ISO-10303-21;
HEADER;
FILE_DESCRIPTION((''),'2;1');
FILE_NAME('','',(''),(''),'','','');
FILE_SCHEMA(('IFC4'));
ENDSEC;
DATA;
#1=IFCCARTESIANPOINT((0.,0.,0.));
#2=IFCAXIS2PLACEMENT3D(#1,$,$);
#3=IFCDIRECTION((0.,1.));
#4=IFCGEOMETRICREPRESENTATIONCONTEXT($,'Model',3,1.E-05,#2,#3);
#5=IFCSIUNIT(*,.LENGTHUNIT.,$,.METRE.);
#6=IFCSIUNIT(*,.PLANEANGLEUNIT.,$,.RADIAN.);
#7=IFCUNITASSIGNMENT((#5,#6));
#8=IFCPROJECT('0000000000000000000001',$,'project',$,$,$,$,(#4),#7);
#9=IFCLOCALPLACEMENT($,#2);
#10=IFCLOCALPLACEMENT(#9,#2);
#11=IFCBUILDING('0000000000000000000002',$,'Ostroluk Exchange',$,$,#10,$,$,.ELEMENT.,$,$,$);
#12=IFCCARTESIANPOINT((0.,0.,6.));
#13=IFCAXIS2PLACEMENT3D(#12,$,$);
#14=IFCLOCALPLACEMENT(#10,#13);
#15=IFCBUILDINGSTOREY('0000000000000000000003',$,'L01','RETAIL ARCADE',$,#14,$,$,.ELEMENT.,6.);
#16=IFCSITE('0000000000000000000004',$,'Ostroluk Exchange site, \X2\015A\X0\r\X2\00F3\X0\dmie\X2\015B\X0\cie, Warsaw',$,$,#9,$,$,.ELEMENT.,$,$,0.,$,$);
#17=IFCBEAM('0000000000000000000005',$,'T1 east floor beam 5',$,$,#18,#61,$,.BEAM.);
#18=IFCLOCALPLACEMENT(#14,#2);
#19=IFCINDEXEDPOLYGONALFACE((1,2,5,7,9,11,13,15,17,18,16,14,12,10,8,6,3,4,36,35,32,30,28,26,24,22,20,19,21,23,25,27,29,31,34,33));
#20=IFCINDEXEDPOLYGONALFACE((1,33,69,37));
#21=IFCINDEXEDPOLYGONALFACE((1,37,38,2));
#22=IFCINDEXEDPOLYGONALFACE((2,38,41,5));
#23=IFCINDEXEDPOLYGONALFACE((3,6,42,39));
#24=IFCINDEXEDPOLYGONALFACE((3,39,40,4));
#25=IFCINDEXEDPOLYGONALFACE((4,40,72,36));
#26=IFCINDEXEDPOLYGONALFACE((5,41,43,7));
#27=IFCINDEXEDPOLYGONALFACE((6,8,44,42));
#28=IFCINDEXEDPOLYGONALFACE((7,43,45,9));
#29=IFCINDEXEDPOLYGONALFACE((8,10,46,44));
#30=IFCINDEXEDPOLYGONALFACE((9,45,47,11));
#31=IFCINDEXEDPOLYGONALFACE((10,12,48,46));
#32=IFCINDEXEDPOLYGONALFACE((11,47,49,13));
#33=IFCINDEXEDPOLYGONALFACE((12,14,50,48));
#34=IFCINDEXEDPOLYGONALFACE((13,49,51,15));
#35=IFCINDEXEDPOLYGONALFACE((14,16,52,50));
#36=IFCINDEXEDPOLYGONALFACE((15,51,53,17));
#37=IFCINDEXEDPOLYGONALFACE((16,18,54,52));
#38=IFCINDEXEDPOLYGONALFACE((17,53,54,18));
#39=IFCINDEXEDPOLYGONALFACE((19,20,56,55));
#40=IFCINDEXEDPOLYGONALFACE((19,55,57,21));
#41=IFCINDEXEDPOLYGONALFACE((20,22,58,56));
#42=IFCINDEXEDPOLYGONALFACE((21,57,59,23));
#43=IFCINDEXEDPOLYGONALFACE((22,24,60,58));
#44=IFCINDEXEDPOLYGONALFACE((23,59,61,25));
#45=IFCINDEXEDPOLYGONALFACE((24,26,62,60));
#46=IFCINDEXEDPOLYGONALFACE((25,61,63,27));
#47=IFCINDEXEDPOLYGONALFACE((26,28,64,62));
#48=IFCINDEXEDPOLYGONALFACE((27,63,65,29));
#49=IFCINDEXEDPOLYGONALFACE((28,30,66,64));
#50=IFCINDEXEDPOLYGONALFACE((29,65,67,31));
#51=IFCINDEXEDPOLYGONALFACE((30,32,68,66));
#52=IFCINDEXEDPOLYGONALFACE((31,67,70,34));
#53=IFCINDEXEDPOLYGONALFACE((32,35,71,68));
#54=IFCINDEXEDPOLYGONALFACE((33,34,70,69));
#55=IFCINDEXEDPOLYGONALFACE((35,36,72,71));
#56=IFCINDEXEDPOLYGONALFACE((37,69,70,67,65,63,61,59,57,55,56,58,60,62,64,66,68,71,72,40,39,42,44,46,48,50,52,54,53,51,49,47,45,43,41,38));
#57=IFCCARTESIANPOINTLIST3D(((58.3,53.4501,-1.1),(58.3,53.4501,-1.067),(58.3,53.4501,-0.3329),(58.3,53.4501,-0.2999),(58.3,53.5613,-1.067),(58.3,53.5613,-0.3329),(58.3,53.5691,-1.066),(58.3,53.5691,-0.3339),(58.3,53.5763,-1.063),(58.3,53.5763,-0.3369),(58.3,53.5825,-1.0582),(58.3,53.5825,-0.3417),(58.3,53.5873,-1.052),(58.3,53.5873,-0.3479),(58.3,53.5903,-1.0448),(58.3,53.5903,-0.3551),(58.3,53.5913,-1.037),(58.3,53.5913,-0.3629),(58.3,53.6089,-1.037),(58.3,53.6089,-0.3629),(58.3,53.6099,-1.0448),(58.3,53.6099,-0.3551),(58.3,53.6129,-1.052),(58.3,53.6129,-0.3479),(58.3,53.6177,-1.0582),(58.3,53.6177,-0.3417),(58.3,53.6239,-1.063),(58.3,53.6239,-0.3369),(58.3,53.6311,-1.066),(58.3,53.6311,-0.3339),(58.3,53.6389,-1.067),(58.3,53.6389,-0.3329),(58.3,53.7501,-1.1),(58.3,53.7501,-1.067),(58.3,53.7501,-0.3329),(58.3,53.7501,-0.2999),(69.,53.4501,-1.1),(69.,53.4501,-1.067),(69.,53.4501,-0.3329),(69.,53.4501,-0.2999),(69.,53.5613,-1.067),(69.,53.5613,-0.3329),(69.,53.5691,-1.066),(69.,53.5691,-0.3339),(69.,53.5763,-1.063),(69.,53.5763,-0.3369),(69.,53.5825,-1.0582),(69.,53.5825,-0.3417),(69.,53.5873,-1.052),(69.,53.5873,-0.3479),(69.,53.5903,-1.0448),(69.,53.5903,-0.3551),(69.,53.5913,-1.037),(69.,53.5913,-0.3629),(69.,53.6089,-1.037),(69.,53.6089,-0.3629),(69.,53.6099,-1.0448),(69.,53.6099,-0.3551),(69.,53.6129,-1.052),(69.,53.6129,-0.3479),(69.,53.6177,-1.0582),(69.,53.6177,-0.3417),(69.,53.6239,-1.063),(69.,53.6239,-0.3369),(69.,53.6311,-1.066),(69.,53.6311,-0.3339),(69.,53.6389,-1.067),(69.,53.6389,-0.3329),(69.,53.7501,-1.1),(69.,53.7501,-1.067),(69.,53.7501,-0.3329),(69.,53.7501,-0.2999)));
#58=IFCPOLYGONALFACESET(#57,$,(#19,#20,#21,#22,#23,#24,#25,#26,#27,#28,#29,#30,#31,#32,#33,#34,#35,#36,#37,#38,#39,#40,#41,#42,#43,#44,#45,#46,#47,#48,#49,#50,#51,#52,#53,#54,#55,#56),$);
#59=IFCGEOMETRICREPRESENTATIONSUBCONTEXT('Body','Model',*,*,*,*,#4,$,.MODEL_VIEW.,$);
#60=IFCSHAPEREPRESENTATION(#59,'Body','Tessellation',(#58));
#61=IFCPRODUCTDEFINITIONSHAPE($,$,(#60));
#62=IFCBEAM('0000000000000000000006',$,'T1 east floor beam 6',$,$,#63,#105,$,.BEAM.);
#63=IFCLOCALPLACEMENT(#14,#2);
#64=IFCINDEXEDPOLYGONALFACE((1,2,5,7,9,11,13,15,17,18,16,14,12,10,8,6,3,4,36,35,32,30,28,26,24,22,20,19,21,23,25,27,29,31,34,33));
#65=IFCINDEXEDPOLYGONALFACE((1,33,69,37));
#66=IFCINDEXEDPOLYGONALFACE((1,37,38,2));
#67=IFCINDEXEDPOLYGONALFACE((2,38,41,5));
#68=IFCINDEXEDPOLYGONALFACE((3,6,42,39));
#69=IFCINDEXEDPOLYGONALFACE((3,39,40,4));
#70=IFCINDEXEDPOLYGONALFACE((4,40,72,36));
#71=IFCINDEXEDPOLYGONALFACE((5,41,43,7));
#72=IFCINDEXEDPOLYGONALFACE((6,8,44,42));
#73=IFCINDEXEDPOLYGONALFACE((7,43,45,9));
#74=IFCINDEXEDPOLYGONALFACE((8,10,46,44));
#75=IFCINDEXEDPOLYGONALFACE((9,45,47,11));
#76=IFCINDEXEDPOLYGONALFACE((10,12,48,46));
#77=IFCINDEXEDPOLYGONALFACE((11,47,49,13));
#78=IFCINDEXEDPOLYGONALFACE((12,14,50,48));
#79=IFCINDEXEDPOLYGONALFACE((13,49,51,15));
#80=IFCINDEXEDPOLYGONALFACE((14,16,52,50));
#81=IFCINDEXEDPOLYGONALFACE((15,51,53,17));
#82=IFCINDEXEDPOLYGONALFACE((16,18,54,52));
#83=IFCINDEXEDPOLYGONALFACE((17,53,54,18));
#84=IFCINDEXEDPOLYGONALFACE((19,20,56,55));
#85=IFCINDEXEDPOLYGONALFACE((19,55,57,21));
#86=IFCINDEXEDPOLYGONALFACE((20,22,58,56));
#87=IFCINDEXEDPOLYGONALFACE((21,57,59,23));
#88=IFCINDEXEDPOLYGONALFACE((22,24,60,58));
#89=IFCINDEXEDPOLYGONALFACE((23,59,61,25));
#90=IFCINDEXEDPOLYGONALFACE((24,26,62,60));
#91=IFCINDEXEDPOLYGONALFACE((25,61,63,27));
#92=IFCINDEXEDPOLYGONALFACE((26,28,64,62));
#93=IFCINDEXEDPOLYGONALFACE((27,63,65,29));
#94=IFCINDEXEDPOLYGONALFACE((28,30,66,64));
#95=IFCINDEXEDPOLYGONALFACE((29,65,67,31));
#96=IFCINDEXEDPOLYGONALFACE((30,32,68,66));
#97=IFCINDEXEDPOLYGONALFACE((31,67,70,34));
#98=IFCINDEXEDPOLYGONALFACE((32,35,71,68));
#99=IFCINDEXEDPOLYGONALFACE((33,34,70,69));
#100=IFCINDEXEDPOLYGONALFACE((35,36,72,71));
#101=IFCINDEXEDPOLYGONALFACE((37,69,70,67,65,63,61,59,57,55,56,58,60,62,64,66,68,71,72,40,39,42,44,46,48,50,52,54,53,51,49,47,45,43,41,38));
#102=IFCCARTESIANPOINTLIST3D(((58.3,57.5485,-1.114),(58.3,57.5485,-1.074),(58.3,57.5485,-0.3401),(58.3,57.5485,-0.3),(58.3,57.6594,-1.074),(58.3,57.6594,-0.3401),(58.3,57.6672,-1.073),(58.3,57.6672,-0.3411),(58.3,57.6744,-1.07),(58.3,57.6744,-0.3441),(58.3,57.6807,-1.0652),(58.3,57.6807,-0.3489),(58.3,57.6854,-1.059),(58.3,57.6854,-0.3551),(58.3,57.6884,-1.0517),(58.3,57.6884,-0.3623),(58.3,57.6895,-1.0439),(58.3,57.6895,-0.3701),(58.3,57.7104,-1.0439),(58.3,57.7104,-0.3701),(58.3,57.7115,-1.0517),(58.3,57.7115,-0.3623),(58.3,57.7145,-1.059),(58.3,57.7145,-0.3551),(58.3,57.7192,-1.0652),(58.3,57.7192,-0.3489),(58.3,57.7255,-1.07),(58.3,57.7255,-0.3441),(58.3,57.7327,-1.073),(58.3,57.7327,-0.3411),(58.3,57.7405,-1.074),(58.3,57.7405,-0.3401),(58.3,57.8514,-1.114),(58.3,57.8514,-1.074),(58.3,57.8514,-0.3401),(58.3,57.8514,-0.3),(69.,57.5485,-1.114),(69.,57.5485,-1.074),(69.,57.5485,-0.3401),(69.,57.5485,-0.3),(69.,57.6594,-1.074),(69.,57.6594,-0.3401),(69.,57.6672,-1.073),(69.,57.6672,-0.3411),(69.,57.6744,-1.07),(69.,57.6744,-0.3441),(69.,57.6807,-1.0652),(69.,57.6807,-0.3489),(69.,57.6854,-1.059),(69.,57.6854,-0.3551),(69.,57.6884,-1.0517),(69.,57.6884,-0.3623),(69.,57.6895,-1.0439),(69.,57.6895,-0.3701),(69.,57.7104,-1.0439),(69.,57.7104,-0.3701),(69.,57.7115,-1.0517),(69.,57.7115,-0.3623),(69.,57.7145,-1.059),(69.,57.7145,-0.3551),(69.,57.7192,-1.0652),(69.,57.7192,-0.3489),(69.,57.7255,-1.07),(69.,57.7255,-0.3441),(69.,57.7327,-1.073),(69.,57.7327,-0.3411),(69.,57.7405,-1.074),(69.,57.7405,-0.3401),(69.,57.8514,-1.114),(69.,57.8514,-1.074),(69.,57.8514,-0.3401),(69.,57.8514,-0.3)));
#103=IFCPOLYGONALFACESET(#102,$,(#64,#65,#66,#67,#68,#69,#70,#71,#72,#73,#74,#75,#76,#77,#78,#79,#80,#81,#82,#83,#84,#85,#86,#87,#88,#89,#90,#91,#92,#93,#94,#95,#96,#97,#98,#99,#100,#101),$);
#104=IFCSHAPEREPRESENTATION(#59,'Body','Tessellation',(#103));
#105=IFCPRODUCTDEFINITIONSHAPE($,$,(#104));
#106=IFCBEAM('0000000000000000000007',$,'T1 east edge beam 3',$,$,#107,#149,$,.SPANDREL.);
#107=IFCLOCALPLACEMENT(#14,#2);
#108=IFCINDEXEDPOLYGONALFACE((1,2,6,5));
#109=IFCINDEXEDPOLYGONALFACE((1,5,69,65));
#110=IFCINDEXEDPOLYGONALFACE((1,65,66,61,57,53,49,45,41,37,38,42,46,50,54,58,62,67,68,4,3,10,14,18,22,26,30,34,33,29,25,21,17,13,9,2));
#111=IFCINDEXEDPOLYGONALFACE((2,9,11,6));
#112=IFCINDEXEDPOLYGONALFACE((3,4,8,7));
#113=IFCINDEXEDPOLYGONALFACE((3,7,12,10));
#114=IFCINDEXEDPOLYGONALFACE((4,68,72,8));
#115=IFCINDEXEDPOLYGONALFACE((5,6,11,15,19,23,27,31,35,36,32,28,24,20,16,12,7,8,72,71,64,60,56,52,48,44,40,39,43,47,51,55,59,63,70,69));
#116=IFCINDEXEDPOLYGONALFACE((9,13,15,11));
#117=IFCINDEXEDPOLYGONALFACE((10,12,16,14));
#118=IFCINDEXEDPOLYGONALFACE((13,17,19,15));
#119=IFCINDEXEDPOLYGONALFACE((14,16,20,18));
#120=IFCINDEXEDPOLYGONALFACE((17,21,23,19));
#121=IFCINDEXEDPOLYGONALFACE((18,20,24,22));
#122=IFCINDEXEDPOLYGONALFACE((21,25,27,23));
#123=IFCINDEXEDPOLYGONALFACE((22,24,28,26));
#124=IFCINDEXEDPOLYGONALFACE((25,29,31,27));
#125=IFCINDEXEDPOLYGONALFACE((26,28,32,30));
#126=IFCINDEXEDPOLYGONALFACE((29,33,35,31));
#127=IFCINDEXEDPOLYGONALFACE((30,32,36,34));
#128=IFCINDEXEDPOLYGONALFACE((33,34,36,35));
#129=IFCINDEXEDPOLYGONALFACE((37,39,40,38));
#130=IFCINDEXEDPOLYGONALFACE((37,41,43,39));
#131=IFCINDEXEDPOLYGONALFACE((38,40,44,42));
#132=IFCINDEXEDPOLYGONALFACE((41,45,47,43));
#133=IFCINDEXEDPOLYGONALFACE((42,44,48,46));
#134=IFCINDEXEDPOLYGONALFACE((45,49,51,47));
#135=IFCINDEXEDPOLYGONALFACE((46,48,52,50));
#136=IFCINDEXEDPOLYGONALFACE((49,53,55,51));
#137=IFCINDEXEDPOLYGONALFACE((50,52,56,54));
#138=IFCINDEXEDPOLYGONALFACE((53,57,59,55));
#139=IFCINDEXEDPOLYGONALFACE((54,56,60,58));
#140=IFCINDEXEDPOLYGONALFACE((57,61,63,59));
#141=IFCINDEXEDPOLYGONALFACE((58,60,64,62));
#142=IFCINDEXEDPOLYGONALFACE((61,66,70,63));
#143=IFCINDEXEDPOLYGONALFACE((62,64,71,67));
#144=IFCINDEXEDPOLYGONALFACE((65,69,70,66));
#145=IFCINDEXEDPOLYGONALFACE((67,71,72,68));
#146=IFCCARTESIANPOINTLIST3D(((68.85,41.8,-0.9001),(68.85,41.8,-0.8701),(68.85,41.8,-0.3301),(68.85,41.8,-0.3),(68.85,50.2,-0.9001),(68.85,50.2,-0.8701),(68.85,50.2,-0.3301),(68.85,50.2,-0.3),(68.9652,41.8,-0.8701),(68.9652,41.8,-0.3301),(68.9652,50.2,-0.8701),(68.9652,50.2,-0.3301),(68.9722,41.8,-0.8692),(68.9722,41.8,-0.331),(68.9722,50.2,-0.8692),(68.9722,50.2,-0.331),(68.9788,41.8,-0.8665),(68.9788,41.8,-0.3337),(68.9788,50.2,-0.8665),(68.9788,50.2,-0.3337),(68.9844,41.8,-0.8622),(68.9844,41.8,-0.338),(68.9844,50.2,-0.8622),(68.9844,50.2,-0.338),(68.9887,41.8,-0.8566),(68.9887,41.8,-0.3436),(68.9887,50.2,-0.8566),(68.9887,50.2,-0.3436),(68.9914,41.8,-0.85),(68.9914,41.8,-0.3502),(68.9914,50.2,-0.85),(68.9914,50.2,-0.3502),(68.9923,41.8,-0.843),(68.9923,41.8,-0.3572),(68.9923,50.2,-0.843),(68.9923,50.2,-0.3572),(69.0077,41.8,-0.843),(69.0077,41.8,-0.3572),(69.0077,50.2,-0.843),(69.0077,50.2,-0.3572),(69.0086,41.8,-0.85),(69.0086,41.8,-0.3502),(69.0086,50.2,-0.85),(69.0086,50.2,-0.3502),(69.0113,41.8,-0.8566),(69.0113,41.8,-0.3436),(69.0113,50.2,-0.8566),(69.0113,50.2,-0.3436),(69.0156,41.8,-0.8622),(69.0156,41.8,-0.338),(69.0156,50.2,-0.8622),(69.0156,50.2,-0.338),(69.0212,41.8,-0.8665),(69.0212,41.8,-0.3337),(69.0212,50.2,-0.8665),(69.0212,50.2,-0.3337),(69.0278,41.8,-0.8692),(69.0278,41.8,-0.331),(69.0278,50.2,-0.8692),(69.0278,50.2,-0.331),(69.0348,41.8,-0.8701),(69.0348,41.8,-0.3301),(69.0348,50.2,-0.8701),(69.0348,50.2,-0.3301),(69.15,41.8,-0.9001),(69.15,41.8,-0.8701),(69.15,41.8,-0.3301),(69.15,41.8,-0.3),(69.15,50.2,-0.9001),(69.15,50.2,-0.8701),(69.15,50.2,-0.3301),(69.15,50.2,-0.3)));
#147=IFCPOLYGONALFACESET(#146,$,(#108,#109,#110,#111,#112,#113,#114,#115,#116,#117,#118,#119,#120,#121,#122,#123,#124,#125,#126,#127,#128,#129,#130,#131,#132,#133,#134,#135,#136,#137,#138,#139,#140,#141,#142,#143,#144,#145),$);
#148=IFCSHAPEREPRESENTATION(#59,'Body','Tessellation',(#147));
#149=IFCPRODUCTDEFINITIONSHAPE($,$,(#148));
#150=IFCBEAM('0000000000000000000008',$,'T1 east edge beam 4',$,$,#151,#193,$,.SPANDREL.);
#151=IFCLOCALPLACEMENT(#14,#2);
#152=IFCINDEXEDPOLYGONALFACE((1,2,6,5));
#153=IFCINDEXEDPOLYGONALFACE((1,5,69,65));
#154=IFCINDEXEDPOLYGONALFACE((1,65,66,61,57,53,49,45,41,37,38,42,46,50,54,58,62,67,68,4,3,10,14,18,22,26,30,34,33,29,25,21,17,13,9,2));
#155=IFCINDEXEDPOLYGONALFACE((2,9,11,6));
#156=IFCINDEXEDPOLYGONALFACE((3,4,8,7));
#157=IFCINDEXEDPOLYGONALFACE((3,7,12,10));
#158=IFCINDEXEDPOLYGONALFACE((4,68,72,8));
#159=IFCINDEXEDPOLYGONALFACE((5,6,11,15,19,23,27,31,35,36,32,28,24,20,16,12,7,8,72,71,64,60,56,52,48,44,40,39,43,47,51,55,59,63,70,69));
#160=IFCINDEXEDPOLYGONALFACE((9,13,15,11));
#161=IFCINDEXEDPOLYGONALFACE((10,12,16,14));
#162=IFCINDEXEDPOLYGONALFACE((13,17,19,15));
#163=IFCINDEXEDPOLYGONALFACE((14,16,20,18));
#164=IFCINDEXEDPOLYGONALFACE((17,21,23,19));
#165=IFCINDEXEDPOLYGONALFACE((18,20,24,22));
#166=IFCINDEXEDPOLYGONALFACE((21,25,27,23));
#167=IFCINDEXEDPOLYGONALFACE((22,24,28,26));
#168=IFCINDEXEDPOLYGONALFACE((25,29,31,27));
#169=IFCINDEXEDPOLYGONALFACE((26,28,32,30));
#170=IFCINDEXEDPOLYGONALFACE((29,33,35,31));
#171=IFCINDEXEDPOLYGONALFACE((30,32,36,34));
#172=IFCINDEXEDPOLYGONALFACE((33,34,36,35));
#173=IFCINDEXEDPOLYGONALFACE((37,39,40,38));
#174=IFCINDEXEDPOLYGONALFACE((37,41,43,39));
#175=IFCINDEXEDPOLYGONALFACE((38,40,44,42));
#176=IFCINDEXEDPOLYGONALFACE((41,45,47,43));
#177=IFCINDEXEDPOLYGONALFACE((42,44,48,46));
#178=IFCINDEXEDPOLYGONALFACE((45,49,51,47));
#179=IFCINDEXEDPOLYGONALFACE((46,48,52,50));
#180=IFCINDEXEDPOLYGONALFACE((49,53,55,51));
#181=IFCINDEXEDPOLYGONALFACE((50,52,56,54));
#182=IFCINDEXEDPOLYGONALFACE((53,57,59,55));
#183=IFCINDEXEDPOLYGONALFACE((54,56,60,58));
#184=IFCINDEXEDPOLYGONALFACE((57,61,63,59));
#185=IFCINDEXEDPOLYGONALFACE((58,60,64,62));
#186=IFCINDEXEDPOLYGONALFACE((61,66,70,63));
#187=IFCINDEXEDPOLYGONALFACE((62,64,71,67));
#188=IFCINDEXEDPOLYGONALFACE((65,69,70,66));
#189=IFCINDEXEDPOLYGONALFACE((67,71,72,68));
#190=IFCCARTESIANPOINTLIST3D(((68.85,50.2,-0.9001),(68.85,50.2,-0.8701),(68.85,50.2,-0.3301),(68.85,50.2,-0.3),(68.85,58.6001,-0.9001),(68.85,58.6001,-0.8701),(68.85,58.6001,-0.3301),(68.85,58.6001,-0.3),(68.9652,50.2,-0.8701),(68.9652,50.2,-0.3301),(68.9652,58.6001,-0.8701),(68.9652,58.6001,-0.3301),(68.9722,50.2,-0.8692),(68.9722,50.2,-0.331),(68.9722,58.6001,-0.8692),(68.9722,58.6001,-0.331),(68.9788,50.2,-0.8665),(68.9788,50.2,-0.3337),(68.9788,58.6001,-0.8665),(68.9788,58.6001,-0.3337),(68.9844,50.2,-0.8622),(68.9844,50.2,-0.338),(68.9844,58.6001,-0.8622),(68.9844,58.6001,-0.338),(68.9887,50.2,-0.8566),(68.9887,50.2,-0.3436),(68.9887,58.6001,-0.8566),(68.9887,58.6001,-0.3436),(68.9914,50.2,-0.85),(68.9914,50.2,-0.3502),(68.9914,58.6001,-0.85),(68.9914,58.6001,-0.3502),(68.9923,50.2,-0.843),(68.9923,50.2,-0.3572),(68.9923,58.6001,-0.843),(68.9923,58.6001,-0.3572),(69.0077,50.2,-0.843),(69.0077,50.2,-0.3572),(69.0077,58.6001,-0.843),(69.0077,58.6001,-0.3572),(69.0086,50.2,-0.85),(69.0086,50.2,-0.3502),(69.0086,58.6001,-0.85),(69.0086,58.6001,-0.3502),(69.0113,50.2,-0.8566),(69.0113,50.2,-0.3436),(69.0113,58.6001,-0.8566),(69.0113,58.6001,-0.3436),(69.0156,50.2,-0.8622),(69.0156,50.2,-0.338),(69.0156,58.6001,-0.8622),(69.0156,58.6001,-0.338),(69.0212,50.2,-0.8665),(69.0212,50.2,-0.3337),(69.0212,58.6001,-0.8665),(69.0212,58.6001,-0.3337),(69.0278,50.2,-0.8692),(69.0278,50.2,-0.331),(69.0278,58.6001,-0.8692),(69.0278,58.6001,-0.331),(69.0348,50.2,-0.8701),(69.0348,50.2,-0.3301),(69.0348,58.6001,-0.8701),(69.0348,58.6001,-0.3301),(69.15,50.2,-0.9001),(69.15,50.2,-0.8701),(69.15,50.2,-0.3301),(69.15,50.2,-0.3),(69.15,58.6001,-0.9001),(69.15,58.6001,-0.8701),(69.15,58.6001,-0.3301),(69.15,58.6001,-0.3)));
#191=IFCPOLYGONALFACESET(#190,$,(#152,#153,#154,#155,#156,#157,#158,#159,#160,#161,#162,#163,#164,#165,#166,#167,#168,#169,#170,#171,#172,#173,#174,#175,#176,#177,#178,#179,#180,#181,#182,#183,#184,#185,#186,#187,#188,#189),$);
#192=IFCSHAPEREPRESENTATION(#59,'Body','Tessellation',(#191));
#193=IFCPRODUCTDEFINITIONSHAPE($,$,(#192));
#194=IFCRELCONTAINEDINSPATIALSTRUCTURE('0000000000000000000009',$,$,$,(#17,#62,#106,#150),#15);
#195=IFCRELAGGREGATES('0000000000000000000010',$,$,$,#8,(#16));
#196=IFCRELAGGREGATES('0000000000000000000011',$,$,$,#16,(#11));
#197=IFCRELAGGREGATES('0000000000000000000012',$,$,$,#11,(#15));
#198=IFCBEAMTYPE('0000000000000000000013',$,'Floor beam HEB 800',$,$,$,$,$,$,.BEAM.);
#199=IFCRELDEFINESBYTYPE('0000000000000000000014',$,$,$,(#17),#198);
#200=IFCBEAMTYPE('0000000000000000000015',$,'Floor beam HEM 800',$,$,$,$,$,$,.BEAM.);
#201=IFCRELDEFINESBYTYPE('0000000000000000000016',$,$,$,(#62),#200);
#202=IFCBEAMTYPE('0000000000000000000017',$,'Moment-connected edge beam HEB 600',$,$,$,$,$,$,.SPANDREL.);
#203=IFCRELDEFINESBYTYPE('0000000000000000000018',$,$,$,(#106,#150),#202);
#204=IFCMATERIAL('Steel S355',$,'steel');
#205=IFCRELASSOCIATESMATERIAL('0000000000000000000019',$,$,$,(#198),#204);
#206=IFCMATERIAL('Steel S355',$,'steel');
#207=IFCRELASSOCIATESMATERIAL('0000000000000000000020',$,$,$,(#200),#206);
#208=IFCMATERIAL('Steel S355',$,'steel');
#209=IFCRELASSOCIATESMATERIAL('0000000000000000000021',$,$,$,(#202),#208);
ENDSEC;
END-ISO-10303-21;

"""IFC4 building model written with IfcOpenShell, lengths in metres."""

from ifc_helpers import new_model, si_unit, direction, frame, origin, origin_2d, place, context, subcontext, project, spatial, i_section, extrude, material, material_profile, profile_set, type_object, element, save


model = new_model("IFC4")

# Units and contexts
model_context = context("Model", 3, precision=1e-05, world=origin(), true_north=direction((0.0, 1.0)))
body_context = subcontext(model_context, "Body", "Model", "MODEL_VIEW")
ifc_project = project(units=[si_unit("LENGTHUNIT", "METRE"), si_unit("PLANEANGLEUNIT", "RADIAN")], contexts=[model_context])

# Site, building, storey
site_placement = place(None, origin())
site = spatial("IfcSite", under=ifc_project, at=site_placement, Name="Ostroluk Exchange site, Śródmieście, Warsaw", CompositionType="ELEMENT", RefElevation=0.0)
building_placement = place(site_placement, origin())
building = spatial("IfcBuilding", under=site, at=building_placement, Name="Ostroluk Exchange", CompositionType="ELEMENT")
storey_placement = place(building_placement, frame((0.0, 0.0, 6.0)))
storey = spatial("IfcBuildingStorey", under=building, at=storey_placement, Name="L01", Description="RETAIL ARCADE", CompositionType="ELEMENT", Elevation=6.0)

# Beams
ifc_material_1 = material(Name="Steel S355", Category="steel")
ifc_material_profile_1 = material_profile(ifc_material_1, i_section(OverallWidth=0.3, OverallDepth=0.8, WebThickness=0.0176, FlangeThickness=0.033, FilletRadius=0.03, at=origin_2d()), Name="HEB 800")
ifc_profile_set_1 = profile_set([ifc_material_profile_1], Name="Steel S355")
beam_type_1 = type_object("IfcBeamType", Name="Floor beam HEB 800", PredefinedType="BEAM", material=ifc_profile_set_1)
for number, where, z_axis, x_axis, name in (
    (1, (58.3, 53.6001, -0.7), (1.0, 0.0, 0.0), (0.0, 1.0, 0.0), "T1 east floor beam 5"),
):
    element("IfcBeam", number, at=place(storey_placement, frame(where, z_axis=z_axis, x_axis=x_axis)), inside=storey, type_object=beam_type_1, Name=name, PredefinedType="BEAM", context=body_context, shape_type="SweptSolid", body=[
        extrude(i_section(OverallWidth=0.3, OverallDepth=0.8, WebThickness=0.0176, FlangeThickness=0.033, FilletRadius=0.03, at=origin_2d()), origin(), (0.0, 0.0, 1.0), 10.7),
    ])
ifc_material_2 = material(Name="Steel S355", Category="steel")
ifc_material_profile_2 = material_profile(ifc_material_2, i_section(OverallWidth=0.303, OverallDepth=0.814, WebThickness=0.021, FlangeThickness=0.04, FilletRadius=0.03, at=origin_2d()), Name="HEM 800")
ifc_profile_set_2 = profile_set([ifc_material_profile_2], Name="Steel S355")
beam_type_2 = type_object("IfcBeamType", Name="Floor beam HEM 800", PredefinedType="BEAM", material=ifc_profile_set_2)
beam_1_placement = place(storey_placement, frame((58.3, 57.7, -0.707), z_axis=(1.0, 0.0, 0.0), x_axis=(0.0, 1.0, 0.0)))
element("IfcBeam", 2, at=beam_1_placement, inside=storey, type_object=beam_type_2, Name="T1 east floor beam 6", PredefinedType="BEAM", context=body_context, shape_type="SweptSolid", body=[
    extrude(i_section(OverallWidth=0.303, OverallDepth=0.814, WebThickness=0.021, FlangeThickness=0.04, FilletRadius=0.03, at=origin_2d()), origin(), (0.0, 0.0, 1.0), 10.7),
])
ifc_material_3 = material(Name="Steel S355", Category="steel")
ifc_material_profile_3 = material_profile(ifc_material_3, i_section(OverallWidth=0.3, OverallDepth=0.6001, WebThickness=0.0154, FlangeThickness=0.03, FilletRadius=0.0271, at=origin_2d()), Name="HEB 600")
ifc_profile_set_3 = profile_set([ifc_material_profile_3], Name="Steel S355")
beam_type_3 = type_object("IfcBeamType", Name="Moment-connected edge beam HEB 600", PredefinedType="SPANDREL", material=ifc_profile_set_3)
beam_2_placement = place(storey_placement, frame((69.0, 41.8, -0.6001), z_axis=(0.0, 1.0, 0.0), x_axis=(-1.0, 0.0, 0.0)))
element("IfcBeam", 3, at=beam_2_placement, inside=storey, type_object=beam_type_3, Name="T1 east edge beam 3", PredefinedType="SPANDREL", context=body_context, shape_type="SweptSolid", body=[
    extrude(i_section(OverallWidth=0.3, OverallDepth=0.6001, WebThickness=0.0154, FlangeThickness=0.03, FilletRadius=0.0271, at=origin_2d()), origin(), (0.0, 0.0, 1.0), 8.3999),
])
beam_3_placement = place(storey_placement, frame((69.0, 50.2, -0.6001), z_axis=(0.0, 1.0, 0.0), x_axis=(-1.0, 0.0, 0.0)))
element("IfcBeam", 4, at=beam_3_placement, inside=storey, type_object=beam_type_3, Name="T1 east edge beam 4", PredefinedType="SPANDREL", context=body_context, shape_type="SweptSolid", body=[
    extrude(i_section(OverallWidth=0.3, OverallDepth=0.6001, WebThickness=0.0154, FlangeThickness=0.03, FilletRadius=0.0271, at=origin_2d()), origin(), (0.0, 0.0, 1.0), 8.4001),
])

save(model, "model.ifc")
